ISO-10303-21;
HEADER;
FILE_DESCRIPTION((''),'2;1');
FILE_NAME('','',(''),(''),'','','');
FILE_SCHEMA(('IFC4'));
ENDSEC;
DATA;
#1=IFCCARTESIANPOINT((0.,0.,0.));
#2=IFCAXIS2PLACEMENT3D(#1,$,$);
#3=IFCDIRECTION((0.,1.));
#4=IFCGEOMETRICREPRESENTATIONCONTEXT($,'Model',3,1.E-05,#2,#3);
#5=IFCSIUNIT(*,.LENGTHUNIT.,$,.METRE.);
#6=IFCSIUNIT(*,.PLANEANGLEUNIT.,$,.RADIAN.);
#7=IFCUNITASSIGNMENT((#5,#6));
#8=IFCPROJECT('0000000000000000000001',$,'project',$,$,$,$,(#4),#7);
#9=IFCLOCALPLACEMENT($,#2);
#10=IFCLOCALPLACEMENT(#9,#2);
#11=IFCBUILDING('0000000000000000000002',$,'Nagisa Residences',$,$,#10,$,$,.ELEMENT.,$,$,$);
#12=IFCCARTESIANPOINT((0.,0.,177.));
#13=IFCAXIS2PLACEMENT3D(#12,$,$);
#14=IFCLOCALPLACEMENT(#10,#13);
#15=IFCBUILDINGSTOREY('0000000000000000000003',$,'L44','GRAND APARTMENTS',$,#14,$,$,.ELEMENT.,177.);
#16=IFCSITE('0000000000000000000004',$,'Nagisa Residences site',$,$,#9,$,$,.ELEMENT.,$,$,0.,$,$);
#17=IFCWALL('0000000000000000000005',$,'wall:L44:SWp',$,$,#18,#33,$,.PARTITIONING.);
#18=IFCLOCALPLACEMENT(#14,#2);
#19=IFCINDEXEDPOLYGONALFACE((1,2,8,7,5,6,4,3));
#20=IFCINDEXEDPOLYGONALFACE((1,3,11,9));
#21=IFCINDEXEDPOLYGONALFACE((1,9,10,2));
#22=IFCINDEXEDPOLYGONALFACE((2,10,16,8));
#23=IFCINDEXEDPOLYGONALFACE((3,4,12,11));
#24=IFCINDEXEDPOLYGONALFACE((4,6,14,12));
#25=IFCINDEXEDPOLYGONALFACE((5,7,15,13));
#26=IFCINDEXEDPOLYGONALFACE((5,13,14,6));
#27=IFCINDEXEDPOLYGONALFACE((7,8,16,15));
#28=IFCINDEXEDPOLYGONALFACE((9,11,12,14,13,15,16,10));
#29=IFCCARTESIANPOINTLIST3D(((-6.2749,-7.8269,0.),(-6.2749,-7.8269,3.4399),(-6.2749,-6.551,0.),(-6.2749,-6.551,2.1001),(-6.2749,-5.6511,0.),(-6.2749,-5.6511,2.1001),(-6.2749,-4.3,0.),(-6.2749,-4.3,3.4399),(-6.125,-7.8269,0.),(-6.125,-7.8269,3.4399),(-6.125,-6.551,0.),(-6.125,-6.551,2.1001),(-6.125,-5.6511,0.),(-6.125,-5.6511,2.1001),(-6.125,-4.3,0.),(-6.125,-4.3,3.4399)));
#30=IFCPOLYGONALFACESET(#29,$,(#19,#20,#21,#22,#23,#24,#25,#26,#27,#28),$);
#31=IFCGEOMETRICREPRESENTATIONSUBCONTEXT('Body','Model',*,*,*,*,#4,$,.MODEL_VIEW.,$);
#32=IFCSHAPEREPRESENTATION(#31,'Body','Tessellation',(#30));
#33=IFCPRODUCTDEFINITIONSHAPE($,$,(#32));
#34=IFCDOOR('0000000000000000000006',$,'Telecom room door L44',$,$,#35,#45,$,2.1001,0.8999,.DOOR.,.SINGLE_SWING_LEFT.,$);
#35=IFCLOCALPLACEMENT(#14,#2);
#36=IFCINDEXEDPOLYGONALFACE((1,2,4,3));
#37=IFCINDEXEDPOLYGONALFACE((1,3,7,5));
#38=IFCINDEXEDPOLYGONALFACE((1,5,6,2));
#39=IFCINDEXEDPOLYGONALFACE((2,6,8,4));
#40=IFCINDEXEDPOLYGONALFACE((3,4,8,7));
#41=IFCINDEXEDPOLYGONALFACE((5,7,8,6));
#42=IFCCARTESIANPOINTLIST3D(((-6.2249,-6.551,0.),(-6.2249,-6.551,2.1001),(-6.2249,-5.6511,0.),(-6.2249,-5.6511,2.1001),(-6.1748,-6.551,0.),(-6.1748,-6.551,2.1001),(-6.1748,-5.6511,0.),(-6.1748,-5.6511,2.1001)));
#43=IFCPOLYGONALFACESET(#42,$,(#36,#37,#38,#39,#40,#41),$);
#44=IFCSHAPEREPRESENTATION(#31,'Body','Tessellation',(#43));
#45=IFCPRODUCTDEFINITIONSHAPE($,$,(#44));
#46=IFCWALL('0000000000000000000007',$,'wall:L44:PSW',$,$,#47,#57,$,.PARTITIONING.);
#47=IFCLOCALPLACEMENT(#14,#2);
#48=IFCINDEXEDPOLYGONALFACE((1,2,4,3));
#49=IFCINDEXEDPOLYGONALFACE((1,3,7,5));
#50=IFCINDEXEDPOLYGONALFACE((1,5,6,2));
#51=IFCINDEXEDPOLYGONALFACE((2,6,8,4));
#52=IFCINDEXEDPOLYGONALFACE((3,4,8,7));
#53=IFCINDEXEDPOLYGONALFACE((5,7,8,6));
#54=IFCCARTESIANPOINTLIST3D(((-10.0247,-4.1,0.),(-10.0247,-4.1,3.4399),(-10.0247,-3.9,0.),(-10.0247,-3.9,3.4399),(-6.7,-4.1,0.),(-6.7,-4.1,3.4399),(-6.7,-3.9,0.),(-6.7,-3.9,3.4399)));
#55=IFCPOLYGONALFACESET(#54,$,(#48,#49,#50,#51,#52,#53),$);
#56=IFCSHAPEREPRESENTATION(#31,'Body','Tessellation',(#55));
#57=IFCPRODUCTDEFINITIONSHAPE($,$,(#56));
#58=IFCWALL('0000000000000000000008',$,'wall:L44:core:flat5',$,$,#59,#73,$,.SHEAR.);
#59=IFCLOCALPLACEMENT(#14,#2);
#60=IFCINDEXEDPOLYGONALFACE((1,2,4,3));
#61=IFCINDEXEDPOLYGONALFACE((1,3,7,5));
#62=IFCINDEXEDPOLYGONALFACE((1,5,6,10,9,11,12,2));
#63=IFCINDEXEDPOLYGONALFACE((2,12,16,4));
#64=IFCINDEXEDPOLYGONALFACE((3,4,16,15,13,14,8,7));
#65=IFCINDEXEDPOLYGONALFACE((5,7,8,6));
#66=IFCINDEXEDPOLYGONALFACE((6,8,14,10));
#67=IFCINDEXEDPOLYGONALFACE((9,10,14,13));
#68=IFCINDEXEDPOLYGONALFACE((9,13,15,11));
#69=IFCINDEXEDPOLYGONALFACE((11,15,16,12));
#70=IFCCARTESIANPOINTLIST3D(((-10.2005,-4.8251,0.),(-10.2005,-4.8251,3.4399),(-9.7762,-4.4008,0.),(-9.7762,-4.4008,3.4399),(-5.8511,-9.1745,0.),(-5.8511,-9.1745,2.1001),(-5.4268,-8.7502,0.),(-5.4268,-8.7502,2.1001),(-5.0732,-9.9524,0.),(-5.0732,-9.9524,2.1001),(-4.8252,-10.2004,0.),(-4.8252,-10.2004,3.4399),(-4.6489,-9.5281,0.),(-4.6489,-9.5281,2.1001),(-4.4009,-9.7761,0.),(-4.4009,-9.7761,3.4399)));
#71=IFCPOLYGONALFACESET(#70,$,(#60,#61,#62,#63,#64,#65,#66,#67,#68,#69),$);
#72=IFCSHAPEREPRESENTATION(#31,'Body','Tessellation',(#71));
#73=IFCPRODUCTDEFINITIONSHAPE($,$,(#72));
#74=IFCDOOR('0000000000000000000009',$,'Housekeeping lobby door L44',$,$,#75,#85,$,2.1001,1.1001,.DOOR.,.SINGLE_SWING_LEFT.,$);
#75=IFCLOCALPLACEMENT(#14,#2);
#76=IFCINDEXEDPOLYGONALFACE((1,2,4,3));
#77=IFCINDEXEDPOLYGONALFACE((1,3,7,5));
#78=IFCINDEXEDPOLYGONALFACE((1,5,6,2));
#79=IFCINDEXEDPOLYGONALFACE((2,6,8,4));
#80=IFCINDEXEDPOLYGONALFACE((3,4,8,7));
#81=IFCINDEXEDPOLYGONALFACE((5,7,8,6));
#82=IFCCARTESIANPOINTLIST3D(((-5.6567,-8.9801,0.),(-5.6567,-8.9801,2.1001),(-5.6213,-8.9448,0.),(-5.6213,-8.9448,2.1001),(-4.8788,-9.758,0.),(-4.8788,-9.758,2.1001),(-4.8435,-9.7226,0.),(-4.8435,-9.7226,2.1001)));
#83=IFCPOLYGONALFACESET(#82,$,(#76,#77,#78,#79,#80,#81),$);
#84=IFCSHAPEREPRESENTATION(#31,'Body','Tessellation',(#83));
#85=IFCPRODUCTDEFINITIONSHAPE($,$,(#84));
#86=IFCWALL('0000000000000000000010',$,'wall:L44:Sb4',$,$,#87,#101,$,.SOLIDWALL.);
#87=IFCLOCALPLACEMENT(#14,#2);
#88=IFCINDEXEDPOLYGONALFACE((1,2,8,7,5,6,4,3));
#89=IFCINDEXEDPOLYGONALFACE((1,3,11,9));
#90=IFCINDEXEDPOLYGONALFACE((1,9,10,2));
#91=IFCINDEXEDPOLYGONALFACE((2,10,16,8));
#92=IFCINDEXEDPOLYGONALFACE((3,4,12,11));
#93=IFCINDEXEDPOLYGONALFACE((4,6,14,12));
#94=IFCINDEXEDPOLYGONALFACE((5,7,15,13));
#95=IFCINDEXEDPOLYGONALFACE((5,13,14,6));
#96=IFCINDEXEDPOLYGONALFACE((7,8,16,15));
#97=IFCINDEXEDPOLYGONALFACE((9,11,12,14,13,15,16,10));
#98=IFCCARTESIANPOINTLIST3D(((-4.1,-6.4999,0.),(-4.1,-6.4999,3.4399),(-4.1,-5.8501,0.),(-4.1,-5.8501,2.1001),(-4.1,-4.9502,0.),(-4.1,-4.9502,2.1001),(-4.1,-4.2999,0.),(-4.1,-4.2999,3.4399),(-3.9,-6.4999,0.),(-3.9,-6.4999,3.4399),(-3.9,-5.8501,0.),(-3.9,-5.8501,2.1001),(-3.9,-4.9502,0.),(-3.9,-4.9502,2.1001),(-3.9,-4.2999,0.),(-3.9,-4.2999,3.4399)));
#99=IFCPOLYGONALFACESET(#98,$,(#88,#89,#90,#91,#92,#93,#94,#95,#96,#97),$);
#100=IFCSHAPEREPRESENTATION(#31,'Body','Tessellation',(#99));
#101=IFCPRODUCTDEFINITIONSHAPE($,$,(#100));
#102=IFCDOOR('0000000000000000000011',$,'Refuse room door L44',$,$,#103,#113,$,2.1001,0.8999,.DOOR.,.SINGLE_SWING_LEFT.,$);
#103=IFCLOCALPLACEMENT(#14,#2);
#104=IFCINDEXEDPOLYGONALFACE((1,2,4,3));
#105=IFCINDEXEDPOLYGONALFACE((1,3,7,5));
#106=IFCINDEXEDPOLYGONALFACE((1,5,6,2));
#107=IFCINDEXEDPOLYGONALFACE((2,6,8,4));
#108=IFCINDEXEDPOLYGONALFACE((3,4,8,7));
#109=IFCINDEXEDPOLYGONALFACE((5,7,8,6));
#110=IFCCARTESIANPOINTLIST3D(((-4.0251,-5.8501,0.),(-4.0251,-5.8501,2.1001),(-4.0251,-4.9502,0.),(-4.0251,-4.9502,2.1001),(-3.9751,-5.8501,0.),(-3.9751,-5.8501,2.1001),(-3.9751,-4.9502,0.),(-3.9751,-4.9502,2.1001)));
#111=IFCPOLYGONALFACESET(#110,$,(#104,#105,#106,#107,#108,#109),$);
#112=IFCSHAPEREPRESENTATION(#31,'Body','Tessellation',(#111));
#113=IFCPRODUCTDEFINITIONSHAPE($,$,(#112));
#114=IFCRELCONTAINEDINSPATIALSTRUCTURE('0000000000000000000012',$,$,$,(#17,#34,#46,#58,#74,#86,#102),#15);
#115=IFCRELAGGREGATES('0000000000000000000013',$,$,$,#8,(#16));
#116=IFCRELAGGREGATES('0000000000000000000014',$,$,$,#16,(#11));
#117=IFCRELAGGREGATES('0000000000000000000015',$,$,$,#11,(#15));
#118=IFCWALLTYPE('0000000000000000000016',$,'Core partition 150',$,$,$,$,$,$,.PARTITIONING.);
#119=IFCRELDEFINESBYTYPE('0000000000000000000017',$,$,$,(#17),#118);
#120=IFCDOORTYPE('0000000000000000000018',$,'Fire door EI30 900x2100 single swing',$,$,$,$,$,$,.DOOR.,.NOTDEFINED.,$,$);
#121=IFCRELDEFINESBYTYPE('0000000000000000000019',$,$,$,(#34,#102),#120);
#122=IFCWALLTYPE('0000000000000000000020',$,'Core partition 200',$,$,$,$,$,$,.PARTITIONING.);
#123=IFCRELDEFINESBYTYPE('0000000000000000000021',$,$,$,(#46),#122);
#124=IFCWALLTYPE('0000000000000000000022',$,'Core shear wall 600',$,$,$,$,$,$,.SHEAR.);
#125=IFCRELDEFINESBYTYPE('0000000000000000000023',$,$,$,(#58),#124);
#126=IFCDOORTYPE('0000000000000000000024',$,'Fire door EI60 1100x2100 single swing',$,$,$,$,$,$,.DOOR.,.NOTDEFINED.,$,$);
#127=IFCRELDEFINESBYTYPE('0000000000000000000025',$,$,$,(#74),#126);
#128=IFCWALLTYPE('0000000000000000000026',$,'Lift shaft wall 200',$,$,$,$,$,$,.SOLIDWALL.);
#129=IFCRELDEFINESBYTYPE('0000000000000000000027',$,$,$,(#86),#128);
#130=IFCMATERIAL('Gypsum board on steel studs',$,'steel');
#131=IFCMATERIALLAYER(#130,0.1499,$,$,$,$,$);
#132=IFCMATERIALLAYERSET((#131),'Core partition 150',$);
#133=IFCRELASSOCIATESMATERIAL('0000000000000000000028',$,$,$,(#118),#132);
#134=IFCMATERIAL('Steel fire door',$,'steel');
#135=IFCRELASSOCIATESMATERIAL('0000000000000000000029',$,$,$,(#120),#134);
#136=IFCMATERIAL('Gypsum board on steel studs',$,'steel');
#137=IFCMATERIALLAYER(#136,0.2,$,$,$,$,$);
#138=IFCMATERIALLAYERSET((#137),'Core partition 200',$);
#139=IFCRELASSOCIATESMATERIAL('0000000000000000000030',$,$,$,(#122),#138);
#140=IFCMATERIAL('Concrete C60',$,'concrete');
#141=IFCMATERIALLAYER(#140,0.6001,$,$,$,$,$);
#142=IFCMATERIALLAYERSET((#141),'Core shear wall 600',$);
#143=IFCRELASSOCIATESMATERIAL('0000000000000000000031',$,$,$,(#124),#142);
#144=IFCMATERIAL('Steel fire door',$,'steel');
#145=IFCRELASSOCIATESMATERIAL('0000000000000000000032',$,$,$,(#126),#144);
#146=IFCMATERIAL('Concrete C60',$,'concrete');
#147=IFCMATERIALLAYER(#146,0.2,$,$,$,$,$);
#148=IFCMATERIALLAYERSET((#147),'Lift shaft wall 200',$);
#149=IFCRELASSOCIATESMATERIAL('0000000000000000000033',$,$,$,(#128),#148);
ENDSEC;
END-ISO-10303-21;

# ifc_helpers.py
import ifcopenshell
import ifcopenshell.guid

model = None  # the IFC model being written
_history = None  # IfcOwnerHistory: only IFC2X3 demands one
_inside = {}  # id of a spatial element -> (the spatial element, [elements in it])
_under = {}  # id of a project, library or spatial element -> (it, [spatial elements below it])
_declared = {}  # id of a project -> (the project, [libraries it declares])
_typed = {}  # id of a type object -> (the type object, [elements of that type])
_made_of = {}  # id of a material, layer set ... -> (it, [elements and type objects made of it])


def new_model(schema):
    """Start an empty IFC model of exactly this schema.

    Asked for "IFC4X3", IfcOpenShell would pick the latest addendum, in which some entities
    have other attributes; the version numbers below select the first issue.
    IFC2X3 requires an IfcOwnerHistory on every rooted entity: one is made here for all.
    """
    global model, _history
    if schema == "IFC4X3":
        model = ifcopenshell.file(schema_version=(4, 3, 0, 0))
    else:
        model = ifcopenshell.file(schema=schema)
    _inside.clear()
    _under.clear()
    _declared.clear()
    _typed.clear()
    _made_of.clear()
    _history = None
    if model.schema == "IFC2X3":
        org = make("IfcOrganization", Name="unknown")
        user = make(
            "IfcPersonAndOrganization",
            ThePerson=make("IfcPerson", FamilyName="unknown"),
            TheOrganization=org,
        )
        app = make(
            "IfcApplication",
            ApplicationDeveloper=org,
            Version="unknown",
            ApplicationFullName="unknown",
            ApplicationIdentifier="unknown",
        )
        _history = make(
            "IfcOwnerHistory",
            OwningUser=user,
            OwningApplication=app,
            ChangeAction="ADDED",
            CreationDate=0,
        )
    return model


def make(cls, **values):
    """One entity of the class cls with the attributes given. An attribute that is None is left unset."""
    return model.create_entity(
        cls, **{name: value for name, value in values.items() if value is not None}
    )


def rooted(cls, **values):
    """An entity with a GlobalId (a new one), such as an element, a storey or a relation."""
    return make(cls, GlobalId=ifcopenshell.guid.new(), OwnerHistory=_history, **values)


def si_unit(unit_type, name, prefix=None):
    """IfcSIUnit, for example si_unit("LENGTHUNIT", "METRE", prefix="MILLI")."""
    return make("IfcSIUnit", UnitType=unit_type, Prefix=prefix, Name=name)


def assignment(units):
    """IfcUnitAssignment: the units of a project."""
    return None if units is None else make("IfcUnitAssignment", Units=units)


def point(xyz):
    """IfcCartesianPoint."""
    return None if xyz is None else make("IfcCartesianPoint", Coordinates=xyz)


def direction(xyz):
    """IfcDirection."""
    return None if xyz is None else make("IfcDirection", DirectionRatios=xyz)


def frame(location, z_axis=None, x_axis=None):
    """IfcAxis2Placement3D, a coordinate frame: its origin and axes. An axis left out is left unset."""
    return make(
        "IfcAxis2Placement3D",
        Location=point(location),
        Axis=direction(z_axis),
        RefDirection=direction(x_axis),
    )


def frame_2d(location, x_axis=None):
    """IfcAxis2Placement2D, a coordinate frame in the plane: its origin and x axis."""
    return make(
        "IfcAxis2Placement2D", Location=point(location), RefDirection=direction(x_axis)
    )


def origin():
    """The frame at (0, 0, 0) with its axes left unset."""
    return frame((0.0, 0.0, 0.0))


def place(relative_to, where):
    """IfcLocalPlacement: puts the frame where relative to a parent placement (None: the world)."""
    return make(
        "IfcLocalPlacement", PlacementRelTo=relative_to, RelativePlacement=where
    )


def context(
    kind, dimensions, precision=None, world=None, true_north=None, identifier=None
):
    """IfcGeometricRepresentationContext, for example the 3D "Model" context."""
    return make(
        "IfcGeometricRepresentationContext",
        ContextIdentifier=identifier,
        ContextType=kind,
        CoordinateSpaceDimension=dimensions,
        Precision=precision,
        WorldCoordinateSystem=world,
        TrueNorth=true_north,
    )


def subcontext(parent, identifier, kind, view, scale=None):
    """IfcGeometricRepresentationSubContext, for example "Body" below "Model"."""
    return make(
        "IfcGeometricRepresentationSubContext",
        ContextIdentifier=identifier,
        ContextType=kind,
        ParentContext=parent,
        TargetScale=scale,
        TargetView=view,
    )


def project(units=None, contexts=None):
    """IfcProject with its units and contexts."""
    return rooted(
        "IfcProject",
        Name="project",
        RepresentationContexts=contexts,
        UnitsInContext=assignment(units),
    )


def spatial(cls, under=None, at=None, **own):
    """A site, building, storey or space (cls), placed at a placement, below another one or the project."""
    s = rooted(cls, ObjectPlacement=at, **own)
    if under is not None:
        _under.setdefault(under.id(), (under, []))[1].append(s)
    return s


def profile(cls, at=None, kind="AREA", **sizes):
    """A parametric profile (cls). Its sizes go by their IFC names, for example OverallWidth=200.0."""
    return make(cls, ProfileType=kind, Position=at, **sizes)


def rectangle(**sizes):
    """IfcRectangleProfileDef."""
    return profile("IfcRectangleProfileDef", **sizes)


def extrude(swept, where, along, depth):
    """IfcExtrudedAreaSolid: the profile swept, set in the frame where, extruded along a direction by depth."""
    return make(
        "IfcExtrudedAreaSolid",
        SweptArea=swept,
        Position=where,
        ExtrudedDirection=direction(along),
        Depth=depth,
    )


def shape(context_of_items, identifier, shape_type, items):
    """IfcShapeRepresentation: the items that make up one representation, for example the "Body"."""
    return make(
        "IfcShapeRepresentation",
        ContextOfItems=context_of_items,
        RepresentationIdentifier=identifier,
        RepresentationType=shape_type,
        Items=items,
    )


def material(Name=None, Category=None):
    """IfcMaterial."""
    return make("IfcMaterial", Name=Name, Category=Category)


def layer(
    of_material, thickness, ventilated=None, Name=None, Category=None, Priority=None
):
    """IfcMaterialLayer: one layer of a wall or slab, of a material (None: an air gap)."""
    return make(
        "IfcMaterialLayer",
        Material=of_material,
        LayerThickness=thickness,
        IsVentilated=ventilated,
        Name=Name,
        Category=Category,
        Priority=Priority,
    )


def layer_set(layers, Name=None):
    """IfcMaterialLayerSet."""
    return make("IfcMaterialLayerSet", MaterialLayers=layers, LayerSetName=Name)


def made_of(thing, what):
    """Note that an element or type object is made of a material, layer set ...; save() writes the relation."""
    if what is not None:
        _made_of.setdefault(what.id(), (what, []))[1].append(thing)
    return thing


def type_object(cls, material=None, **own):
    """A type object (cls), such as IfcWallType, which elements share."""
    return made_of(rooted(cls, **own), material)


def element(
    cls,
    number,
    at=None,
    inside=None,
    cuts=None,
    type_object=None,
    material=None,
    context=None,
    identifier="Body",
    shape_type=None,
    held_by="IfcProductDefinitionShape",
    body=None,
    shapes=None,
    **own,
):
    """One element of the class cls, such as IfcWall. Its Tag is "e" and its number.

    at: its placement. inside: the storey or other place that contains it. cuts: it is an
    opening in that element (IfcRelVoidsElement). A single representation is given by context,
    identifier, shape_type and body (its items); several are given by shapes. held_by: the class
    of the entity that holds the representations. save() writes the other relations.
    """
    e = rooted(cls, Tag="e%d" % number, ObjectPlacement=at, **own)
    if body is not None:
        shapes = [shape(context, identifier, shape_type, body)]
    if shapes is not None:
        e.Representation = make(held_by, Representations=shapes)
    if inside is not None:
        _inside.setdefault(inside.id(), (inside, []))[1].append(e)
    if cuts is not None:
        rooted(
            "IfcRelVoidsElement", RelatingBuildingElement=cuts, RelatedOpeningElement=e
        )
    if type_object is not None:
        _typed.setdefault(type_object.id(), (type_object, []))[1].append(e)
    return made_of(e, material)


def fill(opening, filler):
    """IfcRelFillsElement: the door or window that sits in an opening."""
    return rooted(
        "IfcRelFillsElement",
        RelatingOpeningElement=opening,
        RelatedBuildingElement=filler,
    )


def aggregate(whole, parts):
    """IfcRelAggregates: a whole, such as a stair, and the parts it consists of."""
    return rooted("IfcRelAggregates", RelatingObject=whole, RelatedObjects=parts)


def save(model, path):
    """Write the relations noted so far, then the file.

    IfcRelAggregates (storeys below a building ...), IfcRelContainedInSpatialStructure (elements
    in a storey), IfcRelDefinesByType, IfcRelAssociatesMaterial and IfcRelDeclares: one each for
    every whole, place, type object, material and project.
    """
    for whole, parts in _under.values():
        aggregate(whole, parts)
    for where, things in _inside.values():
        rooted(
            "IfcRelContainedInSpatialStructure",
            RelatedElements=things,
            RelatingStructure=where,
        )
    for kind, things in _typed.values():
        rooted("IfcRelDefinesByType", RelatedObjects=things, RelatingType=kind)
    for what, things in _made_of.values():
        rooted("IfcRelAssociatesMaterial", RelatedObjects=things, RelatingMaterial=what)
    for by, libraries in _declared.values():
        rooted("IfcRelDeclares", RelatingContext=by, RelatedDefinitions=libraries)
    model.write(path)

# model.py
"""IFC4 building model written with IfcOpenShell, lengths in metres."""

from ifc_helpers import new_model, si_unit, direction, frame, frame_2d, origin, place, context, subcontext, project, spatial, rectangle, extrude, material, layer, layer_set, type_object, element, fill, save


model = new_model("IFC4")

# Units and contexts
model_context = context("Model", 3, precision=1e-05, world=origin(), true_north=direction((0.0, 1.0)))
body_context = subcontext(model_context, "Body", "Model", "MODEL_VIEW")
ifc_project = project(units=[si_unit("LENGTHUNIT", "METRE"), si_unit("PLANEANGLEUNIT", "RADIAN")], contexts=[model_context])

# Site, building, storey
site_placement = place(None, origin())
site = spatial("IfcSite", under=ifc_project, at=site_placement, Name="Nagisa Residences site", CompositionType="ELEMENT", RefElevation=0.0)
building_placement = place(site_placement, origin())
building = spatial("IfcBuilding", under=site, at=building_placement, Name="Nagisa Residences", CompositionType="ELEMENT")
storey_placement = place(building_placement, frame((0.0, 0.0, 177.0)))
storey = spatial("IfcBuildingStorey", under=building, at=storey_placement, Name="L44", Description="GRAND APARTMENTS", CompositionType="ELEMENT", Elevation=177.0)

# Wall, opening, door
ifc_material_1 = material(Name="Gypsum board on steel studs", Category="steel")
ifc_layer_1 = layer(ifc_material_1, 0.1499)
ifc_layer_set_1 = layer_set([ifc_layer_1], Name="Core partition 150")
wall_type_1 = type_object("IfcWallType", Name="Core partition 150", PredefinedType="PARTITIONING", material=ifc_layer_set_1)
wall_1_placement = place(storey_placement, frame((-6.2, -7.8269, 0.0), z_axis=(0.0, 0.0, 1.0), x_axis=(0.0, 1.0, 0.0)))
wall_1 = element("IfcWall", 1, at=wall_1_placement, inside=storey, type_object=wall_type_1, Name="wall:L44:SWp", PredefinedType="PARTITIONING", context=body_context, shape_type="SweptSolid", body=[
    extrude(rectangle(XDim=3.5269, YDim=0.1499, at=frame_2d((1.7634, 0.0))), origin(), (0.0, 0.0, 1.0), 3.4399),
])
opening_1_placement = place(wall_1_placement, frame((1.2759, 0.0, 0.0)))
opening_1 = element("IfcOpeningElement", 2, at=opening_1_placement, cuts=wall_1, PredefinedType="OPENING", context=body_context, shape_type="SweptSolid", body=[
    extrude(rectangle(XDim=0.8999, YDim=2.1001, at=frame_2d((0.45, 1.05))), frame((0.0, 0.085, 0.0), z_axis=(0.0, -1.0, 0.0), x_axis=(1.0, 0.0, 0.0)), (0.0, 0.0, 1.0), 0.1699),
])
ifc_material_2 = material(Name="Steel fire door", Category="steel")
door_type_1 = type_object("IfcDoorType", Name="Fire door EI30 900x2100 single swing", OperationType="NOTDEFINED", PredefinedType="DOOR", material=ifc_material_2)
door_1_placement = place(opening_1_placement, origin())
door_1 = element("IfcDoor", 3, at=door_1_placement, inside=storey, type_object=door_type_1, Name="Telecom room door L44", OperationType="SINGLE_SWING_LEFT", OverallHeight=2.1001, OverallWidth=0.8999, PredefinedType="DOOR", context=body_context, shape_type="SweptSolid", body=[
    extrude(rectangle(XDim=0.8999, YDim=2.1001, at=frame_2d((0.45, 1.05))), frame((0.0, 0.0249, 0.0), z_axis=(0.0, -1.0, 0.0), x_axis=(1.0, 0.0, 0.0)), (0.0, 0.0, 1.0), 0.05),
])
fill(opening_1, door_1)

# Wall
ifc_material_3 = material(Name="Gypsum board on steel studs", Category="steel")
ifc_layer_2 = layer(ifc_material_3, 0.2)
ifc_layer_set_2 = layer_set([ifc_layer_2], Name="Core partition 200")
wall_type_2 = type_object("IfcWallType", Name="Core partition 200", PredefinedType="PARTITIONING", material=ifc_layer_set_2)
wall_2_placement = place(storey_placement, frame((-10.0247, -4.0, 0.0), z_axis=(0.0, 0.0, 1.0), x_axis=(1.0, 0.0, 0.0)))
element("IfcWall", 4, at=wall_2_placement, inside=storey, type_object=wall_type_2, Name="wall:L44:PSW", PredefinedType="PARTITIONING", context=body_context, shape_type="SweptSolid", body=[
    extrude(rectangle(XDim=3.3247, YDim=0.2, at=frame_2d((1.6624, 0.0))), origin(), (0.0, 0.0, 1.0), 3.4399),
])

# Walls, openings, doors
ifc_material_4 = material(Name="Concrete C60", Category="concrete")
ifc_layer_3 = layer(ifc_material_4, 0.6001)
ifc_layer_set_3 = layer_set([ifc_layer_3], Name="Core shear wall 600")
wall_type_3 = type_object("IfcWallType", Name="Core shear wall 600", PredefinedType="SHEAR", material=ifc_layer_set_3)
wall_3_placement = place(storey_placement, frame((-9.9883, -4.613, 0.0), z_axis=(0.0, 0.0, 1.0), x_axis=(0.707107, -0.707107, 0.0)))
wall_3 = element("IfcWall", 5, at=wall_3_placement, inside=storey, type_object=wall_type_3, Name="wall:L44:core:flat5", PredefinedType="SHEAR", context=body_context, shape_type="SweptSolid", body=[
    extrude(rectangle(XDim=7.6018, YDim=0.6001, at=frame_2d((3.8008, 0.0))), origin(), (0.0, 0.0, 1.0), 3.4399),
])
opening_2_placement = place(wall_3_placement, frame((6.1509, 0.0, 0.0)))
opening_2 = element("IfcOpeningElement", 6, at=opening_2_placement, cuts=wall_3, PredefinedType="OPENING", context=body_context, shape_type="SweptSolid", body=[
    extrude(rectangle(XDim=1.1001, YDim=2.1001, at=frame_2d((0.55, 1.05))), frame((0.0, 0.3101, 0.0), z_axis=(0.0, -1.0, 0.0), x_axis=(1.0, 0.0, 0.0)), (0.0, 0.0, 1.0), 0.6201),
])
ifc_material_5 = material(Name="Steel fire door", Category="steel")
door_type_2 = type_object("IfcDoorType", Name="Fire door EI60 1100x2100 single swing", OperationType="NOTDEFINED", PredefinedType="DOOR", material=ifc_material_5)
door_2_placement = place(opening_2_placement, origin())
door_2 = element("IfcDoor", 7, at=door_2_placement, inside=storey, type_object=door_type_2, Name="Housekeeping lobby door L44", OperationType="SINGLE_SWING_LEFT", OverallHeight=2.1001, OverallWidth=1.1001, PredefinedType="DOOR", context=body_context, shape_type="SweptSolid", body=[
    extrude(rectangle(XDim=1.1001, YDim=2.1001, at=frame_2d((0.55, 1.05))), frame((0.0, 0.0249, 0.0), z_axis=(0.0, -1.0, 0.0), x_axis=(1.0, 0.0, 0.0)), (0.0, 0.0, 1.0), 0.05),
])
fill(opening_2, door_2)
ifc_material_6 = material(Name="Concrete C60", Category="concrete")
ifc_layer_4 = layer(ifc_material_6, 0.2)
ifc_layer_set_4 = layer_set([ifc_layer_4], Name="Lift shaft wall 200")
wall_type_4 = type_object("IfcWallType", Name="Lift shaft wall 200", PredefinedType="SOLIDWALL", material=ifc_layer_set_4)
wall_4_placement = place(storey_placement, frame((-4.0, -6.5, 0.0), z_axis=(0.0, 0.0, 1.0), x_axis=(0.0, 1.0, 0.0)))
wall_4 = element("IfcWall", 8, at=wall_4_placement, inside=storey, type_object=wall_type_4, Name="wall:L44:Sb4", PredefinedType="SOLIDWALL", context=body_context, shape_type="SweptSolid", body=[
    extrude(rectangle(XDim=2.2, YDim=0.2, at=frame_2d((1.1001, 0.0))), origin(), (0.0, 0.0, 1.0), 3.4399),
])
opening_3_placement = place(wall_4_placement, frame((0.6499, 0.0, 0.0)))
opening_3 = element("IfcOpeningElement", 9, at=opening_3_placement, cuts=wall_4, PredefinedType="OPENING", context=body_context, shape_type="SweptSolid", body=[
    extrude(rectangle(XDim=0.8999, YDim=2.1001, at=frame_2d((0.45, 1.05))), frame((0.0, 0.1099, 0.0), z_axis=(0.0, -1.0, 0.0), x_axis=(1.0, 0.0, 0.0)), (0.0, 0.0, 1.0), 0.22),
])
door_3_placement = place(opening_3_placement, frame((0.8999, 0.0, 0.0), x_axis=(-1.0, 0.0, 0.0)))
door_3 = element("IfcDoor", 10, at=door_3_placement, inside=storey, type_object=door_type_1, Name="Refuse room door L44", OperationType="SINGLE_SWING_LEFT", OverallHeight=2.1001, OverallWidth=0.8999, PredefinedType="DOOR", context=body_context, shape_type="SweptSolid", body=[
    extrude(rectangle(XDim=0.8999, YDim=2.1001, at=frame_2d((0.45, 1.05))), frame((0.0, 0.0249, 0.0), z_axis=(0.0, -1.0, 0.0), x_axis=(1.0, 0.0, 0.0)), (0.0, 0.0, 1.0), 0.05),
])
fill(opening_3, door_3)

save(model, "model.ifc")
